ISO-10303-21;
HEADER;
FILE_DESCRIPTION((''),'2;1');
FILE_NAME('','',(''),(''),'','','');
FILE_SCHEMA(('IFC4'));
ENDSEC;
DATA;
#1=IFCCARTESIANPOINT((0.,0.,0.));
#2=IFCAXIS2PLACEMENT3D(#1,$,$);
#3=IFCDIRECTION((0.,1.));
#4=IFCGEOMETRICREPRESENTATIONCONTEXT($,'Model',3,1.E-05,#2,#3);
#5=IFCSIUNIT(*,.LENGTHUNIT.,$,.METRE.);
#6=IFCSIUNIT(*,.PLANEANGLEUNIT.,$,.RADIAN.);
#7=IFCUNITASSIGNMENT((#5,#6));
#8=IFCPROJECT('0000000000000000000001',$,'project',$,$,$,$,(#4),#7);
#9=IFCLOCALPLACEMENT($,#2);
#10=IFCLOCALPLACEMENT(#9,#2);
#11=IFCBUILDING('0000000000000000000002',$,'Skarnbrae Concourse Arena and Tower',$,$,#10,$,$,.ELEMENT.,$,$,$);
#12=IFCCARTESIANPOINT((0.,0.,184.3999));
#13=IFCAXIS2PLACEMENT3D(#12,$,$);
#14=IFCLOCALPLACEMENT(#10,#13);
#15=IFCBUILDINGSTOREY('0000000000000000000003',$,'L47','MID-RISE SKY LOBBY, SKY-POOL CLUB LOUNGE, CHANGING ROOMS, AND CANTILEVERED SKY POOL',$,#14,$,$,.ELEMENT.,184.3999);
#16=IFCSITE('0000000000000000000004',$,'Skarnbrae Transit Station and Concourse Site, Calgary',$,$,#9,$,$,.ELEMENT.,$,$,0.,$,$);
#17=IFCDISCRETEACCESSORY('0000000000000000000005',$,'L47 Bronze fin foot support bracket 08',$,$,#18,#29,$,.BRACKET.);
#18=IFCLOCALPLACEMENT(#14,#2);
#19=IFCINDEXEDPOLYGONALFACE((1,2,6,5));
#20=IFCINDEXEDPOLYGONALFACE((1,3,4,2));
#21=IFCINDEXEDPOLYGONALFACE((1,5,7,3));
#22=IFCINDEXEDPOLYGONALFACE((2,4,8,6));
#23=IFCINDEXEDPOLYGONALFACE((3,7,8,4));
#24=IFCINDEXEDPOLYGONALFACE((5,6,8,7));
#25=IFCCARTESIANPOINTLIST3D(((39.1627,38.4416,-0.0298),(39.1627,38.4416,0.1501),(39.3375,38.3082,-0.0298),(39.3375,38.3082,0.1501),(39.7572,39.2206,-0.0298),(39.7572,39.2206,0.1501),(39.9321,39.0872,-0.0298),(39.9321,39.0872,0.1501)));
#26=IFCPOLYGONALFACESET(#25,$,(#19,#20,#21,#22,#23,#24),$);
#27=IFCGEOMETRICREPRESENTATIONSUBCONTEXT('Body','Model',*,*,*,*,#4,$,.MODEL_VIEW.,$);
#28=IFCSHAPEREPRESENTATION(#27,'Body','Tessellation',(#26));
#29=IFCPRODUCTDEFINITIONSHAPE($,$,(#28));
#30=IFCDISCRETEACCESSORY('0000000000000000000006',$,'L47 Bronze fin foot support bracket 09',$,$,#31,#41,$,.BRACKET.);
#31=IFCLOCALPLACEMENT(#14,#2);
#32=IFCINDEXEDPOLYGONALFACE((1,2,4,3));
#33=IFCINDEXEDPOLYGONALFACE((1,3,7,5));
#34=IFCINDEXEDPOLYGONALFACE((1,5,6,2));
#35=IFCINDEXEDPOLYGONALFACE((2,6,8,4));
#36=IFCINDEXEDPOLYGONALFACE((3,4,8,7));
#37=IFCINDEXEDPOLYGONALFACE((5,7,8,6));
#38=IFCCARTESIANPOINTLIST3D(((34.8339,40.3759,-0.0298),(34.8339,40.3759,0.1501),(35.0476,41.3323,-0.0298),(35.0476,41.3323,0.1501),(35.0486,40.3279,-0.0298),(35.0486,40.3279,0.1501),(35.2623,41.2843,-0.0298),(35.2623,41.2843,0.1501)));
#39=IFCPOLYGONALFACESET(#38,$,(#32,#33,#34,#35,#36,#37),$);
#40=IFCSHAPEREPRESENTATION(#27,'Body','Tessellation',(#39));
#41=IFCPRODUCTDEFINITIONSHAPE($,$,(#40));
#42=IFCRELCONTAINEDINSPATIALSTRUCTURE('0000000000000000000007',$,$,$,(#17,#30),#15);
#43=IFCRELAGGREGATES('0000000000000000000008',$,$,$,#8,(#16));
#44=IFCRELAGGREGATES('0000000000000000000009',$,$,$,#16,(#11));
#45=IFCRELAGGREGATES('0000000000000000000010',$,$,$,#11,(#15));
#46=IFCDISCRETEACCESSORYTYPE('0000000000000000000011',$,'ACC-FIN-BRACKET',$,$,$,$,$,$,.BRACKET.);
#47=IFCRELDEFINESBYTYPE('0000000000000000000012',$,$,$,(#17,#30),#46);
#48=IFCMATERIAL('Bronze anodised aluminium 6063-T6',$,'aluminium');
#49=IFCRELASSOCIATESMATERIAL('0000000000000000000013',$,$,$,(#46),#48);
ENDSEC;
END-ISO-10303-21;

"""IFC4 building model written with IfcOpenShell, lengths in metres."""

from ifc_helpers import new_model, si_unit, direction, frame, origin, origin_2d, place, context, subcontext, project, spatial, rectangle, extrude, source, transform, mapped, material, type_object, element, save


model = new_model("IFC4")

# Units and contexts
model_context = context("Model", 3, precision=1e-05, world=origin(), true_north=direction((0.0, 1.0)))
body_context = subcontext(model_context, "Body", "Model", "MODEL_VIEW")
ifc_project = project(units=[si_unit("LENGTHUNIT", "METRE"), si_unit("PLANEANGLEUNIT", "RADIAN")], contexts=[model_context])

# Site, building, storey
site_placement = place(None, origin())
site = spatial("IfcSite", under=ifc_project, at=site_placement, Name="Skarnbrae Transit Station and Concourse Site, Calgary", CompositionType="ELEMENT", RefElevation=0.0)
building_placement = place(site_placement, origin())
building = spatial("IfcBuilding", under=site, at=building_placement, Name="Skarnbrae Concourse Arena and Tower", CompositionType="ELEMENT")
storey_placement = place(building_placement, frame((0.0, 0.0, 184.3999)))
storey = spatial("IfcBuildingStorey", under=building, at=storey_placement, Name="L47", Description="MID-RISE SKY LOBBY, SKY-POOL CLUB LOUNGE, CHANGING ROOMS, AND CANTILEVERED SKY POOL", CompositionType="ELEMENT", Elevation=184.3999)

# Shared definitions
ifc_material_1 = material(Name="Bronze anodised aluminium 6063-T6", Category="aluminium")

# Discrete accessories
discrete_accessory_type = type_object("IfcDiscreteAccessoryType", Name="ACC-FIN-BRACKET", PredefinedType="BRACKET", material=ifc_material_1)
shared_shape_1 = source(origin(), body_context, "Body", "SweptSolid", [
    extrude(rectangle(XDim=0.22, YDim=0.98, at=origin_2d()), origin(), (0.0, 0.0, 1.0), 0.1799),
])
for number, where, z_axis, x_axis, name in (
    (1, (39.5474, 38.7644, -0.0298), (0.0, 0.0, 1.0), (0.794955, -0.606668, 0.0), "L47 Bronze fin foot support bracket 08"),
    (2, (35.0481, 40.8301, -0.0298), (0.0, 0.0, 1.0), (0.975936, -0.218058, 0.0), "L47 Bronze fin foot support bracket 09"),
):
    element("IfcDiscreteAccessory", number, at=place(storey_placement, frame(where, z_axis=z_axis, x_axis=x_axis)), inside=storey, type_object=discrete_accessory_type, Name=name, PredefinedType="BRACKET", context=body_context, shape_type="MappedRepresentation", body=[
        mapped(shared_shape_1, transform((0.0, 0.0, 0.0))),
    ])

save(model, "model.ifc")
